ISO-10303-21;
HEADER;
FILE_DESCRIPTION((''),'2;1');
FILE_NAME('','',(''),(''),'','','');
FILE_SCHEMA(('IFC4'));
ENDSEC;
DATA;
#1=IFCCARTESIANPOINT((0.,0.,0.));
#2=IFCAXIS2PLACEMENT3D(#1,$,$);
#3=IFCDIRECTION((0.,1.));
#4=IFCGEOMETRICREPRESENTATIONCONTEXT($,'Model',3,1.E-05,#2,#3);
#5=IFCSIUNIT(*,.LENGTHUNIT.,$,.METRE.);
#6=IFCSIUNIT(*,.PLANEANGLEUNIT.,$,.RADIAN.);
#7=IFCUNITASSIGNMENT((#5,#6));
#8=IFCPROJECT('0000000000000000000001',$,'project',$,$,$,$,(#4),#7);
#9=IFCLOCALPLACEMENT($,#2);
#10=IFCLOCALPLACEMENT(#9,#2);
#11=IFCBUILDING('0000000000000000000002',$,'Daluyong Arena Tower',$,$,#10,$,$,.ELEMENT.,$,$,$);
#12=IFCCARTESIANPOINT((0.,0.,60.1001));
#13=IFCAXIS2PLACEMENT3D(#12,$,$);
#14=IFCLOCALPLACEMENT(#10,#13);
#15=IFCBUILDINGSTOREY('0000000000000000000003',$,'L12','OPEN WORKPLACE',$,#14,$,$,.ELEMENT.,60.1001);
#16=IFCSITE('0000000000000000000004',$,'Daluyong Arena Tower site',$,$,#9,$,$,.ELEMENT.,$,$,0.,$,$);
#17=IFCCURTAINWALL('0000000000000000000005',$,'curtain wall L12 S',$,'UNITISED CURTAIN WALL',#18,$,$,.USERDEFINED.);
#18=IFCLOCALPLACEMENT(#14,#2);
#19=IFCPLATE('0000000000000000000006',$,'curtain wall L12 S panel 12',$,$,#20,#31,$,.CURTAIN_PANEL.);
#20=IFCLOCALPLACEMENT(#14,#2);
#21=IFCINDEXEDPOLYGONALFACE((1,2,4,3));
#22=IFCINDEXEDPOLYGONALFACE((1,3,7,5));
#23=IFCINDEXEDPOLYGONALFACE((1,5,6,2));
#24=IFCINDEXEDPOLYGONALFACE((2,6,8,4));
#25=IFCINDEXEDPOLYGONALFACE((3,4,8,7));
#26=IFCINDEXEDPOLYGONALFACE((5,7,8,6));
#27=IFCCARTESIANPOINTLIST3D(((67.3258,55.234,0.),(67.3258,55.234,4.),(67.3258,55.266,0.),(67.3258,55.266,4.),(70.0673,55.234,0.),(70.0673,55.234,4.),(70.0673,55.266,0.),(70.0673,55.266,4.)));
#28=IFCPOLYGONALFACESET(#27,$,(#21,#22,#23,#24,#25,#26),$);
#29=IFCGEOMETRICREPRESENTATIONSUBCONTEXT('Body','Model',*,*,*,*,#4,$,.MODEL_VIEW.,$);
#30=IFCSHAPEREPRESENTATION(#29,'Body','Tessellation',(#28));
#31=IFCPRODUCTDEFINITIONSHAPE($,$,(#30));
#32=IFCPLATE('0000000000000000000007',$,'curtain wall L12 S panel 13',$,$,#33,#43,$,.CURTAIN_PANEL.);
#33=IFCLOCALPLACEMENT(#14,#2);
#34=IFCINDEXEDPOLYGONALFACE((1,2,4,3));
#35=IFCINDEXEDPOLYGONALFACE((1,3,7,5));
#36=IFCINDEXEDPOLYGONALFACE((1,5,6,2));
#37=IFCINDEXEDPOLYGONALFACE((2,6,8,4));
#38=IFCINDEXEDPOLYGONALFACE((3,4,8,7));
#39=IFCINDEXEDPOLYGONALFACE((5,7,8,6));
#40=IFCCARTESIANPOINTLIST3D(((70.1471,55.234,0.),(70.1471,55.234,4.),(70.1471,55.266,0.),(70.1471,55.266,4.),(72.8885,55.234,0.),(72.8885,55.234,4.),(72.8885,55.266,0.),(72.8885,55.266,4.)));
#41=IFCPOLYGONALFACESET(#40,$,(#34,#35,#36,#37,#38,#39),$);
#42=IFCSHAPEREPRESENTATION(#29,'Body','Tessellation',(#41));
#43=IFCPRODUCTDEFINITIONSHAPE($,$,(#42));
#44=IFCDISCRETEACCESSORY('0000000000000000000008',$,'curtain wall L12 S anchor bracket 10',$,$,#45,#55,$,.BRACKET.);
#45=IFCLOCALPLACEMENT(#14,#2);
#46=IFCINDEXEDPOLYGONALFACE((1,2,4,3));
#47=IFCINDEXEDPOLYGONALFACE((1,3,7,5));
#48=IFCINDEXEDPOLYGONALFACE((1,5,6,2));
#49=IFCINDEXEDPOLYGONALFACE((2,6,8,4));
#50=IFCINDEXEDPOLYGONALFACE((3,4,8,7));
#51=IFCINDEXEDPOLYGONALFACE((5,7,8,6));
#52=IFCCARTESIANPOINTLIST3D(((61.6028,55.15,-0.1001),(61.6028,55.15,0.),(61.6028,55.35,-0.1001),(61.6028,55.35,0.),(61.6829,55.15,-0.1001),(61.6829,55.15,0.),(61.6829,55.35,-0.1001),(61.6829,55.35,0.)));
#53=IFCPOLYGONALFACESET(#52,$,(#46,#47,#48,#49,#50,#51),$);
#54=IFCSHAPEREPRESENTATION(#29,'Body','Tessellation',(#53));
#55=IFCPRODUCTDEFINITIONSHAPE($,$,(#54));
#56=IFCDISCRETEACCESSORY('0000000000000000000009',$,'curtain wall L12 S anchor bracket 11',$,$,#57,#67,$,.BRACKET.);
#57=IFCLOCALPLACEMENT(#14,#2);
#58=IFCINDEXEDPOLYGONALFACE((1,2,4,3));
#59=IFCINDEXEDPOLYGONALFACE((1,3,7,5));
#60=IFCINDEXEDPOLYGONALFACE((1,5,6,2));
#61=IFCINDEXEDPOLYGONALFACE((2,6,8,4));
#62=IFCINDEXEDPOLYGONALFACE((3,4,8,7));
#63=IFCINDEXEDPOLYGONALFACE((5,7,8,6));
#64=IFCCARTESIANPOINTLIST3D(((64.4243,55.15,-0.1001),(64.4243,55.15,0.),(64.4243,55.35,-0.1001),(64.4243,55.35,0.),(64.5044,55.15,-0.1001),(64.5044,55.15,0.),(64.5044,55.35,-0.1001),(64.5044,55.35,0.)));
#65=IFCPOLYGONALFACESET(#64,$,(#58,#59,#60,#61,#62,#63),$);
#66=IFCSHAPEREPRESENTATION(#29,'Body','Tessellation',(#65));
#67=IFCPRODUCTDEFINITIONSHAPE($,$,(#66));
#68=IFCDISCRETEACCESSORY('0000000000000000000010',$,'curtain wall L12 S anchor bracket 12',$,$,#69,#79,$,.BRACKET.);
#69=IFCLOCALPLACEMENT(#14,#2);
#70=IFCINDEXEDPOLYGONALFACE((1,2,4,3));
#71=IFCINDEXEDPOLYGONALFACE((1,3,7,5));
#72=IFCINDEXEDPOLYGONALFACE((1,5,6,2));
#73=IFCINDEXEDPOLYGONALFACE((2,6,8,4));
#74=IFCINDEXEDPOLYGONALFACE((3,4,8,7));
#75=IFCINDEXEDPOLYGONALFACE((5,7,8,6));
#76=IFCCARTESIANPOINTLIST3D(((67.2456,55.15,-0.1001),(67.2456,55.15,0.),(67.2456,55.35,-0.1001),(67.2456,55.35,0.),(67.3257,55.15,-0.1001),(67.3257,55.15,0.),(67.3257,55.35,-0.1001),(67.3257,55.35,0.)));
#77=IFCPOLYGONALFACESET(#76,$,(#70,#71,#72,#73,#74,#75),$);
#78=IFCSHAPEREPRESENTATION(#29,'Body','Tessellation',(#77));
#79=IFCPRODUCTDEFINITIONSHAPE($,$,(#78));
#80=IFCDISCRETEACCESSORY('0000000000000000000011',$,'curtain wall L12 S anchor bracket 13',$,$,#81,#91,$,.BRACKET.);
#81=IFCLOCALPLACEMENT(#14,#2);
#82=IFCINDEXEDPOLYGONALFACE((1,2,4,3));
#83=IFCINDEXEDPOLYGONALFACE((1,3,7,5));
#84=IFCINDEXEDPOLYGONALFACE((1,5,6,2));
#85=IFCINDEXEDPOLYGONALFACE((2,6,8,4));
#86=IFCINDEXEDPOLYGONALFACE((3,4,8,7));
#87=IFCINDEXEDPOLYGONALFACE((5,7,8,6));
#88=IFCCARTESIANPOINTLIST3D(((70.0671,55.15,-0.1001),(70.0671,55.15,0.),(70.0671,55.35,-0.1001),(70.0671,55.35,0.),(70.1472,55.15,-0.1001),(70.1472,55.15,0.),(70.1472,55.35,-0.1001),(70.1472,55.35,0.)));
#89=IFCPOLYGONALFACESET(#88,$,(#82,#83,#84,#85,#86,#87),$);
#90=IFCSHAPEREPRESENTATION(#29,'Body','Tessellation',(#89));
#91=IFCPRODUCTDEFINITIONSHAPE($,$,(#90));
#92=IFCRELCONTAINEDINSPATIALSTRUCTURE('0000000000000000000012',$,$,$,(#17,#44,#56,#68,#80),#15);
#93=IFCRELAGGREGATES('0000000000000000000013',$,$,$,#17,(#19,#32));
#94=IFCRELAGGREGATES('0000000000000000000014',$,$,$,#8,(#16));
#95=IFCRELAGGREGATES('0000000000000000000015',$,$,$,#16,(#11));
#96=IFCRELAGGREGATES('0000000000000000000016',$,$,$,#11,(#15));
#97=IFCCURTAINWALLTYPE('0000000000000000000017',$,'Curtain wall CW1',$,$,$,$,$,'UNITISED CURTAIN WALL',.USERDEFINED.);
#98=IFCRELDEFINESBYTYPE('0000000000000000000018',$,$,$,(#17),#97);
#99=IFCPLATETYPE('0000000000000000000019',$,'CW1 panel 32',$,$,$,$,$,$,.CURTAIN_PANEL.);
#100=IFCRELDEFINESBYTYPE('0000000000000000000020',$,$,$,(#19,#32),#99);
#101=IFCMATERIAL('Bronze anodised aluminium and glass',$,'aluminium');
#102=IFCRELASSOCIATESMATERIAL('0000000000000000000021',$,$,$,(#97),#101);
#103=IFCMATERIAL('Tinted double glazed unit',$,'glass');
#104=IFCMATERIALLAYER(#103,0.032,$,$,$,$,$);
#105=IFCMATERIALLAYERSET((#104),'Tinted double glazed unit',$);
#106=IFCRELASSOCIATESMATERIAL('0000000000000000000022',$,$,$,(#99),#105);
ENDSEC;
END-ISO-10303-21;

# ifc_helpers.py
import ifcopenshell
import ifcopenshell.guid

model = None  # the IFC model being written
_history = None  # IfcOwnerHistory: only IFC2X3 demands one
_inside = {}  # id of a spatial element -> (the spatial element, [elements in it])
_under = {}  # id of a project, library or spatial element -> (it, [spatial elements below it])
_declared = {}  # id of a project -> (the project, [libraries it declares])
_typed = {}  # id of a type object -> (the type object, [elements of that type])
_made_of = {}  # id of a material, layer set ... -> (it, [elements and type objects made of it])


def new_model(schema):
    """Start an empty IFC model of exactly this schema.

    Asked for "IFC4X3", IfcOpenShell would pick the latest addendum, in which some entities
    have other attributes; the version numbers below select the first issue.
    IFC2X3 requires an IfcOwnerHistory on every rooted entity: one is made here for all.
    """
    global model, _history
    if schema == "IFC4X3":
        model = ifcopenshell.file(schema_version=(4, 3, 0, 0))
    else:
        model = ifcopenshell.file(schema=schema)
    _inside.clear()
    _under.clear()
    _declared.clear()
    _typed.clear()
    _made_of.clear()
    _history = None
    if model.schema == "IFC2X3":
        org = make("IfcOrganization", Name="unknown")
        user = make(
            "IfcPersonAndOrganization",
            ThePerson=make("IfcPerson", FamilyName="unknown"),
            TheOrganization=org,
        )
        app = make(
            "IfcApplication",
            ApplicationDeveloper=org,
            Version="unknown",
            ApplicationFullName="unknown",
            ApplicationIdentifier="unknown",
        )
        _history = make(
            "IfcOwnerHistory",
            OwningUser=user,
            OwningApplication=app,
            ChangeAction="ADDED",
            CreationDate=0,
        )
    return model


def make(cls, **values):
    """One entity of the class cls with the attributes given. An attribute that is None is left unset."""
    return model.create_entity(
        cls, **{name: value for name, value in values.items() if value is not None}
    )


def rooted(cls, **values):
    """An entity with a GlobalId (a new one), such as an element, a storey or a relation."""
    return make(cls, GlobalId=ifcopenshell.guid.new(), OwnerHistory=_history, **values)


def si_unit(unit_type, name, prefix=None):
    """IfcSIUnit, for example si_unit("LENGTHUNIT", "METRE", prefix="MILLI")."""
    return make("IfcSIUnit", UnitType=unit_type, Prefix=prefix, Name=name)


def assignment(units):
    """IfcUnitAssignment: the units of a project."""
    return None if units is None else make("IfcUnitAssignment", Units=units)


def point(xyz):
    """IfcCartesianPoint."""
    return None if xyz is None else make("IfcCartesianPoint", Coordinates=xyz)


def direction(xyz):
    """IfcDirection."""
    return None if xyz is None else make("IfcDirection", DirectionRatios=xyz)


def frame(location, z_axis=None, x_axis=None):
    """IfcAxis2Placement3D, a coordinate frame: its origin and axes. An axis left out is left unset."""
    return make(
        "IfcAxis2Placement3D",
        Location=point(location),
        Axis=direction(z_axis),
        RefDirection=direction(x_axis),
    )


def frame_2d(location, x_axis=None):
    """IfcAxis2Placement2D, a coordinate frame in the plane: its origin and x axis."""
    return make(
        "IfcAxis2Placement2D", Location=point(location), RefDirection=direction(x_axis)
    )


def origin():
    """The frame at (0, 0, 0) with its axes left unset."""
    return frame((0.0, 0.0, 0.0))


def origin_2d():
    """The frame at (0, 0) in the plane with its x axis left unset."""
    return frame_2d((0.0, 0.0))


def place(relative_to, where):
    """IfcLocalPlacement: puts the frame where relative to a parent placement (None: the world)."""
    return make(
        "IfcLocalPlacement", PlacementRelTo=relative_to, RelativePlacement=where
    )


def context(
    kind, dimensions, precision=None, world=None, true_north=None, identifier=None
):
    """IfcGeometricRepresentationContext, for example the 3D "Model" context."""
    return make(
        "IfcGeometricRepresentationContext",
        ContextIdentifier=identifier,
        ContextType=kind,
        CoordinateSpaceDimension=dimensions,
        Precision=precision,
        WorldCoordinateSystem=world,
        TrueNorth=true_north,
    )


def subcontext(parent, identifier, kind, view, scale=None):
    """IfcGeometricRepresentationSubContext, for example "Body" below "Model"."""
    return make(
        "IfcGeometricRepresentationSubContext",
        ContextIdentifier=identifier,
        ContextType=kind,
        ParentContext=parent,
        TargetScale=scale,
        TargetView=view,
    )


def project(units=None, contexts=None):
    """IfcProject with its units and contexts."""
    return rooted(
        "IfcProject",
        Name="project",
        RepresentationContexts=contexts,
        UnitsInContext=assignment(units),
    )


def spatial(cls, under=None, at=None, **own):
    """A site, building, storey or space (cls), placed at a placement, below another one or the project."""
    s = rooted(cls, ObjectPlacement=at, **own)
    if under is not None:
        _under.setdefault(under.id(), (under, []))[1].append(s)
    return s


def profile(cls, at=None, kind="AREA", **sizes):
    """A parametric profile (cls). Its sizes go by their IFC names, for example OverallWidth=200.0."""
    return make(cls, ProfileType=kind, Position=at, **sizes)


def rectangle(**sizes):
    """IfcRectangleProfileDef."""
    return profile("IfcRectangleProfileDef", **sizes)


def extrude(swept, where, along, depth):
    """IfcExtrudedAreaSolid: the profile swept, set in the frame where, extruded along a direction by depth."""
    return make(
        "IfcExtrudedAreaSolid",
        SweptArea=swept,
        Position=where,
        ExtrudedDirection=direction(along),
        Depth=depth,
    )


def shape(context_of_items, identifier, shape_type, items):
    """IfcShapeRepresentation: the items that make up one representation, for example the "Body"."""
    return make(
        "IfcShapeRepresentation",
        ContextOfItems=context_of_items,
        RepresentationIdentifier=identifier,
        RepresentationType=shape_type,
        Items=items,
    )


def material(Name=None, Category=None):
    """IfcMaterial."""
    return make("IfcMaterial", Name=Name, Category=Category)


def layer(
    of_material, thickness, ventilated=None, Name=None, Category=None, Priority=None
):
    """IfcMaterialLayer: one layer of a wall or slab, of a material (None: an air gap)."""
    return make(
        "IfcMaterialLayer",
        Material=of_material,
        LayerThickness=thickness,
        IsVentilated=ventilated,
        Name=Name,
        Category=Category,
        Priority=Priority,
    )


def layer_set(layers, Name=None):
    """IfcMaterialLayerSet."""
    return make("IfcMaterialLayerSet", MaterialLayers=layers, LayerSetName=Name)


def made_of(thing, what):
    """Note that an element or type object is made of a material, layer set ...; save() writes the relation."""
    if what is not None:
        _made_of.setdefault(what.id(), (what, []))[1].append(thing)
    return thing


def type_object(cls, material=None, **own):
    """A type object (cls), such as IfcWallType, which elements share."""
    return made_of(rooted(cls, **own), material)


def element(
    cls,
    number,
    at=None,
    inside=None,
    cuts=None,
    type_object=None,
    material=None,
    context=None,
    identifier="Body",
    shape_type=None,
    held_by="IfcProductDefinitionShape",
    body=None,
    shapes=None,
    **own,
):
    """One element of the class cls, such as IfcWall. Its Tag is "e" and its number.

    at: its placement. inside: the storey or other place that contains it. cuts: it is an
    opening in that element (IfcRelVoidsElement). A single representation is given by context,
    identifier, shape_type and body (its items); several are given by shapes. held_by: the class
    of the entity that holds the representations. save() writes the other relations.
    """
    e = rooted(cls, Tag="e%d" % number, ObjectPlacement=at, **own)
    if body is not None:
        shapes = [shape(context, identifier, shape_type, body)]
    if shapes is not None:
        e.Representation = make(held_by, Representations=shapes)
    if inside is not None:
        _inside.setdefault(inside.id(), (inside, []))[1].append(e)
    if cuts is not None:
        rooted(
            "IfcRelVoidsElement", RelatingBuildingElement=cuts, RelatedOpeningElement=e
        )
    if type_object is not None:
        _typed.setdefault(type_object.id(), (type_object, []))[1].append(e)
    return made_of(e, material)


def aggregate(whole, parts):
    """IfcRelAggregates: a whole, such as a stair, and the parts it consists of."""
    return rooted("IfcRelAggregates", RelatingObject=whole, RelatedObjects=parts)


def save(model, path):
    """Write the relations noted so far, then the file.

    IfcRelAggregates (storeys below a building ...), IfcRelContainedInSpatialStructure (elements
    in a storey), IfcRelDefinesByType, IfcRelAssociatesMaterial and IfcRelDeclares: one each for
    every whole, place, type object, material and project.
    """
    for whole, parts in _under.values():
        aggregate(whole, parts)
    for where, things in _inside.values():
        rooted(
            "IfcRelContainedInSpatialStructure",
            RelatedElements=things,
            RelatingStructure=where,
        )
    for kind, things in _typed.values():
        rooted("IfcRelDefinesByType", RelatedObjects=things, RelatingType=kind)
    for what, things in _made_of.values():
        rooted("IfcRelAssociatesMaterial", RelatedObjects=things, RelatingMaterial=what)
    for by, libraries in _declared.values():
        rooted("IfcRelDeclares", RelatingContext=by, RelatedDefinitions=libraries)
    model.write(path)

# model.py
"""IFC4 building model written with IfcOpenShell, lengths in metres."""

from ifc_helpers import new_model, si_unit, direction, frame, origin, origin_2d, place, context, subcontext, project, spatial, rectangle, extrude, material, layer, layer_set, type_object, element, aggregate, save


model = new_model("IFC4")

# Units and contexts
model_context = context("Model", 3, precision=1e-05, world=origin(), true_north=direction((0.0, 1.0)))
body_context = subcontext(model_context, "Body", "Model", "MODEL_VIEW")
ifc_project = project(units=[si_unit("LENGTHUNIT", "METRE"), si_unit("PLANEANGLEUNIT", "RADIAN")], contexts=[model_context])

# Site, building, storey
site_placement = place(None, origin())
site = spatial("IfcSite", under=ifc_project, at=site_placement, Name="Daluyong Arena Tower site", CompositionType="ELEMENT", RefElevation=0.0)
building_placement = place(site_placement, origin())
building = spatial("IfcBuilding", under=site, at=building_placement, Name="Daluyong Arena Tower", CompositionType="ELEMENT")
storey_placement = place(building_placement, frame((0.0, 0.0, 60.1001)))
storey = spatial("IfcBuildingStorey", under=building, at=storey_placement, Name="L12", Description="OPEN WORKPLACE", CompositionType="ELEMENT", Elevation=60.1001)

# Curtain wall
ifc_material_1 = material(Name="Bronze anodised aluminium and glass", Category="aluminium")
curtain_wall_type = type_object("IfcCurtainWallType", Name="Curtain wall CW1", ElementType="UNITISED CURTAIN WALL", PredefinedType="USERDEFINED", material=ifc_material_1)
curtain_wall_placement = place(storey_placement, origin())
curtain_wall = element("IfcCurtainWall", 1, at=curtain_wall_placement, inside=storey, type_object=curtain_wall_type, Name="curtain wall L12 S", ObjectType="UNITISED CURTAIN WALL", PredefinedType="USERDEFINED")

# Plates
ifc_material_2 = material(Name="Tinted double glazed unit", Category="glass")
ifc_layer = layer(ifc_material_2, 0.032)
ifc_layer_set = layer_set([ifc_layer], Name="Tinted double glazed unit")
plate_type = type_object("IfcPlateType", Name="CW1 panel 32", PredefinedType="CURTAIN_PANEL", material=ifc_layer_set)
plate_1_placement = place(storey_placement, frame((68.6965, 55.25, 0.0), z_axis=(0.0, 0.0, 1.0), x_axis=(1.0, 0.0, 0.0)))
plate_1 = element("IfcPlate", 2, at=plate_1_placement, type_object=plate_type, Name="curtain wall L12 S panel 12", PredefinedType="CURTAIN_PANEL", context=body_context, shape_type="SweptSolid", body=[
    extrude(rectangle(XDim=2.7415, YDim=0.032, at=origin_2d()), origin(), (0.0, 0.0, 1.0), 4.0),
])
plate_2_placement = place(storey_placement, frame((71.5178, 55.25, 0.0), z_axis=(0.0, 0.0, 1.0), x_axis=(1.0, 0.0, 0.0)))
plate_2 = element("IfcPlate", 3, at=plate_2_placement, type_object=plate_type, Name="curtain wall L12 S panel 13", PredefinedType="CURTAIN_PANEL", context=body_context, shape_type="SweptSolid", body=[
    extrude(rectangle(XDim=2.7415, YDim=0.032, at=origin_2d()), origin(), (0.0, 0.0, 1.0), 4.0),
])
aggregate(curtain_wall, [plate_1, plate_2])

# Discrete accessories
for number, where, z_axis, x_axis, name in (
    (4, (61.6428, 55.25, -0.1001), (0.0, 0.0, 1.0), (1.0, 0.0, 0.0), "curtain wall L12 S anchor bracket 10"),
    (5, (64.4644, 55.25, -0.1001), (0.0, 0.0, 1.0), (1.0, 0.0, 0.0), "curtain wall L12 S anchor bracket 11"),
    (6, (67.2856, 55.25, -0.1001), (0.0, 0.0, 1.0), (1.0, 0.0, 0.0), "curtain wall L12 S anchor bracket 12"),
    (7, (70.1072, 55.25, -0.1001), (0.0, 0.0, 1.0), (1.0, 0.0, 0.0), "curtain wall L12 S anchor bracket 13"),
):
    element("IfcDiscreteAccessory", number, at=place(storey_placement, frame(where, z_axis=z_axis, x_axis=x_axis)), inside=storey, Name=name, PredefinedType="BRACKET", context=body_context, shape_type="SweptSolid", body=[
        extrude(rectangle(XDim=0.0801, YDim=0.2, at=origin_2d()), origin(), (0.0, 0.0, 1.0), 0.1001),
    ])

save(model, "model.ifc")
